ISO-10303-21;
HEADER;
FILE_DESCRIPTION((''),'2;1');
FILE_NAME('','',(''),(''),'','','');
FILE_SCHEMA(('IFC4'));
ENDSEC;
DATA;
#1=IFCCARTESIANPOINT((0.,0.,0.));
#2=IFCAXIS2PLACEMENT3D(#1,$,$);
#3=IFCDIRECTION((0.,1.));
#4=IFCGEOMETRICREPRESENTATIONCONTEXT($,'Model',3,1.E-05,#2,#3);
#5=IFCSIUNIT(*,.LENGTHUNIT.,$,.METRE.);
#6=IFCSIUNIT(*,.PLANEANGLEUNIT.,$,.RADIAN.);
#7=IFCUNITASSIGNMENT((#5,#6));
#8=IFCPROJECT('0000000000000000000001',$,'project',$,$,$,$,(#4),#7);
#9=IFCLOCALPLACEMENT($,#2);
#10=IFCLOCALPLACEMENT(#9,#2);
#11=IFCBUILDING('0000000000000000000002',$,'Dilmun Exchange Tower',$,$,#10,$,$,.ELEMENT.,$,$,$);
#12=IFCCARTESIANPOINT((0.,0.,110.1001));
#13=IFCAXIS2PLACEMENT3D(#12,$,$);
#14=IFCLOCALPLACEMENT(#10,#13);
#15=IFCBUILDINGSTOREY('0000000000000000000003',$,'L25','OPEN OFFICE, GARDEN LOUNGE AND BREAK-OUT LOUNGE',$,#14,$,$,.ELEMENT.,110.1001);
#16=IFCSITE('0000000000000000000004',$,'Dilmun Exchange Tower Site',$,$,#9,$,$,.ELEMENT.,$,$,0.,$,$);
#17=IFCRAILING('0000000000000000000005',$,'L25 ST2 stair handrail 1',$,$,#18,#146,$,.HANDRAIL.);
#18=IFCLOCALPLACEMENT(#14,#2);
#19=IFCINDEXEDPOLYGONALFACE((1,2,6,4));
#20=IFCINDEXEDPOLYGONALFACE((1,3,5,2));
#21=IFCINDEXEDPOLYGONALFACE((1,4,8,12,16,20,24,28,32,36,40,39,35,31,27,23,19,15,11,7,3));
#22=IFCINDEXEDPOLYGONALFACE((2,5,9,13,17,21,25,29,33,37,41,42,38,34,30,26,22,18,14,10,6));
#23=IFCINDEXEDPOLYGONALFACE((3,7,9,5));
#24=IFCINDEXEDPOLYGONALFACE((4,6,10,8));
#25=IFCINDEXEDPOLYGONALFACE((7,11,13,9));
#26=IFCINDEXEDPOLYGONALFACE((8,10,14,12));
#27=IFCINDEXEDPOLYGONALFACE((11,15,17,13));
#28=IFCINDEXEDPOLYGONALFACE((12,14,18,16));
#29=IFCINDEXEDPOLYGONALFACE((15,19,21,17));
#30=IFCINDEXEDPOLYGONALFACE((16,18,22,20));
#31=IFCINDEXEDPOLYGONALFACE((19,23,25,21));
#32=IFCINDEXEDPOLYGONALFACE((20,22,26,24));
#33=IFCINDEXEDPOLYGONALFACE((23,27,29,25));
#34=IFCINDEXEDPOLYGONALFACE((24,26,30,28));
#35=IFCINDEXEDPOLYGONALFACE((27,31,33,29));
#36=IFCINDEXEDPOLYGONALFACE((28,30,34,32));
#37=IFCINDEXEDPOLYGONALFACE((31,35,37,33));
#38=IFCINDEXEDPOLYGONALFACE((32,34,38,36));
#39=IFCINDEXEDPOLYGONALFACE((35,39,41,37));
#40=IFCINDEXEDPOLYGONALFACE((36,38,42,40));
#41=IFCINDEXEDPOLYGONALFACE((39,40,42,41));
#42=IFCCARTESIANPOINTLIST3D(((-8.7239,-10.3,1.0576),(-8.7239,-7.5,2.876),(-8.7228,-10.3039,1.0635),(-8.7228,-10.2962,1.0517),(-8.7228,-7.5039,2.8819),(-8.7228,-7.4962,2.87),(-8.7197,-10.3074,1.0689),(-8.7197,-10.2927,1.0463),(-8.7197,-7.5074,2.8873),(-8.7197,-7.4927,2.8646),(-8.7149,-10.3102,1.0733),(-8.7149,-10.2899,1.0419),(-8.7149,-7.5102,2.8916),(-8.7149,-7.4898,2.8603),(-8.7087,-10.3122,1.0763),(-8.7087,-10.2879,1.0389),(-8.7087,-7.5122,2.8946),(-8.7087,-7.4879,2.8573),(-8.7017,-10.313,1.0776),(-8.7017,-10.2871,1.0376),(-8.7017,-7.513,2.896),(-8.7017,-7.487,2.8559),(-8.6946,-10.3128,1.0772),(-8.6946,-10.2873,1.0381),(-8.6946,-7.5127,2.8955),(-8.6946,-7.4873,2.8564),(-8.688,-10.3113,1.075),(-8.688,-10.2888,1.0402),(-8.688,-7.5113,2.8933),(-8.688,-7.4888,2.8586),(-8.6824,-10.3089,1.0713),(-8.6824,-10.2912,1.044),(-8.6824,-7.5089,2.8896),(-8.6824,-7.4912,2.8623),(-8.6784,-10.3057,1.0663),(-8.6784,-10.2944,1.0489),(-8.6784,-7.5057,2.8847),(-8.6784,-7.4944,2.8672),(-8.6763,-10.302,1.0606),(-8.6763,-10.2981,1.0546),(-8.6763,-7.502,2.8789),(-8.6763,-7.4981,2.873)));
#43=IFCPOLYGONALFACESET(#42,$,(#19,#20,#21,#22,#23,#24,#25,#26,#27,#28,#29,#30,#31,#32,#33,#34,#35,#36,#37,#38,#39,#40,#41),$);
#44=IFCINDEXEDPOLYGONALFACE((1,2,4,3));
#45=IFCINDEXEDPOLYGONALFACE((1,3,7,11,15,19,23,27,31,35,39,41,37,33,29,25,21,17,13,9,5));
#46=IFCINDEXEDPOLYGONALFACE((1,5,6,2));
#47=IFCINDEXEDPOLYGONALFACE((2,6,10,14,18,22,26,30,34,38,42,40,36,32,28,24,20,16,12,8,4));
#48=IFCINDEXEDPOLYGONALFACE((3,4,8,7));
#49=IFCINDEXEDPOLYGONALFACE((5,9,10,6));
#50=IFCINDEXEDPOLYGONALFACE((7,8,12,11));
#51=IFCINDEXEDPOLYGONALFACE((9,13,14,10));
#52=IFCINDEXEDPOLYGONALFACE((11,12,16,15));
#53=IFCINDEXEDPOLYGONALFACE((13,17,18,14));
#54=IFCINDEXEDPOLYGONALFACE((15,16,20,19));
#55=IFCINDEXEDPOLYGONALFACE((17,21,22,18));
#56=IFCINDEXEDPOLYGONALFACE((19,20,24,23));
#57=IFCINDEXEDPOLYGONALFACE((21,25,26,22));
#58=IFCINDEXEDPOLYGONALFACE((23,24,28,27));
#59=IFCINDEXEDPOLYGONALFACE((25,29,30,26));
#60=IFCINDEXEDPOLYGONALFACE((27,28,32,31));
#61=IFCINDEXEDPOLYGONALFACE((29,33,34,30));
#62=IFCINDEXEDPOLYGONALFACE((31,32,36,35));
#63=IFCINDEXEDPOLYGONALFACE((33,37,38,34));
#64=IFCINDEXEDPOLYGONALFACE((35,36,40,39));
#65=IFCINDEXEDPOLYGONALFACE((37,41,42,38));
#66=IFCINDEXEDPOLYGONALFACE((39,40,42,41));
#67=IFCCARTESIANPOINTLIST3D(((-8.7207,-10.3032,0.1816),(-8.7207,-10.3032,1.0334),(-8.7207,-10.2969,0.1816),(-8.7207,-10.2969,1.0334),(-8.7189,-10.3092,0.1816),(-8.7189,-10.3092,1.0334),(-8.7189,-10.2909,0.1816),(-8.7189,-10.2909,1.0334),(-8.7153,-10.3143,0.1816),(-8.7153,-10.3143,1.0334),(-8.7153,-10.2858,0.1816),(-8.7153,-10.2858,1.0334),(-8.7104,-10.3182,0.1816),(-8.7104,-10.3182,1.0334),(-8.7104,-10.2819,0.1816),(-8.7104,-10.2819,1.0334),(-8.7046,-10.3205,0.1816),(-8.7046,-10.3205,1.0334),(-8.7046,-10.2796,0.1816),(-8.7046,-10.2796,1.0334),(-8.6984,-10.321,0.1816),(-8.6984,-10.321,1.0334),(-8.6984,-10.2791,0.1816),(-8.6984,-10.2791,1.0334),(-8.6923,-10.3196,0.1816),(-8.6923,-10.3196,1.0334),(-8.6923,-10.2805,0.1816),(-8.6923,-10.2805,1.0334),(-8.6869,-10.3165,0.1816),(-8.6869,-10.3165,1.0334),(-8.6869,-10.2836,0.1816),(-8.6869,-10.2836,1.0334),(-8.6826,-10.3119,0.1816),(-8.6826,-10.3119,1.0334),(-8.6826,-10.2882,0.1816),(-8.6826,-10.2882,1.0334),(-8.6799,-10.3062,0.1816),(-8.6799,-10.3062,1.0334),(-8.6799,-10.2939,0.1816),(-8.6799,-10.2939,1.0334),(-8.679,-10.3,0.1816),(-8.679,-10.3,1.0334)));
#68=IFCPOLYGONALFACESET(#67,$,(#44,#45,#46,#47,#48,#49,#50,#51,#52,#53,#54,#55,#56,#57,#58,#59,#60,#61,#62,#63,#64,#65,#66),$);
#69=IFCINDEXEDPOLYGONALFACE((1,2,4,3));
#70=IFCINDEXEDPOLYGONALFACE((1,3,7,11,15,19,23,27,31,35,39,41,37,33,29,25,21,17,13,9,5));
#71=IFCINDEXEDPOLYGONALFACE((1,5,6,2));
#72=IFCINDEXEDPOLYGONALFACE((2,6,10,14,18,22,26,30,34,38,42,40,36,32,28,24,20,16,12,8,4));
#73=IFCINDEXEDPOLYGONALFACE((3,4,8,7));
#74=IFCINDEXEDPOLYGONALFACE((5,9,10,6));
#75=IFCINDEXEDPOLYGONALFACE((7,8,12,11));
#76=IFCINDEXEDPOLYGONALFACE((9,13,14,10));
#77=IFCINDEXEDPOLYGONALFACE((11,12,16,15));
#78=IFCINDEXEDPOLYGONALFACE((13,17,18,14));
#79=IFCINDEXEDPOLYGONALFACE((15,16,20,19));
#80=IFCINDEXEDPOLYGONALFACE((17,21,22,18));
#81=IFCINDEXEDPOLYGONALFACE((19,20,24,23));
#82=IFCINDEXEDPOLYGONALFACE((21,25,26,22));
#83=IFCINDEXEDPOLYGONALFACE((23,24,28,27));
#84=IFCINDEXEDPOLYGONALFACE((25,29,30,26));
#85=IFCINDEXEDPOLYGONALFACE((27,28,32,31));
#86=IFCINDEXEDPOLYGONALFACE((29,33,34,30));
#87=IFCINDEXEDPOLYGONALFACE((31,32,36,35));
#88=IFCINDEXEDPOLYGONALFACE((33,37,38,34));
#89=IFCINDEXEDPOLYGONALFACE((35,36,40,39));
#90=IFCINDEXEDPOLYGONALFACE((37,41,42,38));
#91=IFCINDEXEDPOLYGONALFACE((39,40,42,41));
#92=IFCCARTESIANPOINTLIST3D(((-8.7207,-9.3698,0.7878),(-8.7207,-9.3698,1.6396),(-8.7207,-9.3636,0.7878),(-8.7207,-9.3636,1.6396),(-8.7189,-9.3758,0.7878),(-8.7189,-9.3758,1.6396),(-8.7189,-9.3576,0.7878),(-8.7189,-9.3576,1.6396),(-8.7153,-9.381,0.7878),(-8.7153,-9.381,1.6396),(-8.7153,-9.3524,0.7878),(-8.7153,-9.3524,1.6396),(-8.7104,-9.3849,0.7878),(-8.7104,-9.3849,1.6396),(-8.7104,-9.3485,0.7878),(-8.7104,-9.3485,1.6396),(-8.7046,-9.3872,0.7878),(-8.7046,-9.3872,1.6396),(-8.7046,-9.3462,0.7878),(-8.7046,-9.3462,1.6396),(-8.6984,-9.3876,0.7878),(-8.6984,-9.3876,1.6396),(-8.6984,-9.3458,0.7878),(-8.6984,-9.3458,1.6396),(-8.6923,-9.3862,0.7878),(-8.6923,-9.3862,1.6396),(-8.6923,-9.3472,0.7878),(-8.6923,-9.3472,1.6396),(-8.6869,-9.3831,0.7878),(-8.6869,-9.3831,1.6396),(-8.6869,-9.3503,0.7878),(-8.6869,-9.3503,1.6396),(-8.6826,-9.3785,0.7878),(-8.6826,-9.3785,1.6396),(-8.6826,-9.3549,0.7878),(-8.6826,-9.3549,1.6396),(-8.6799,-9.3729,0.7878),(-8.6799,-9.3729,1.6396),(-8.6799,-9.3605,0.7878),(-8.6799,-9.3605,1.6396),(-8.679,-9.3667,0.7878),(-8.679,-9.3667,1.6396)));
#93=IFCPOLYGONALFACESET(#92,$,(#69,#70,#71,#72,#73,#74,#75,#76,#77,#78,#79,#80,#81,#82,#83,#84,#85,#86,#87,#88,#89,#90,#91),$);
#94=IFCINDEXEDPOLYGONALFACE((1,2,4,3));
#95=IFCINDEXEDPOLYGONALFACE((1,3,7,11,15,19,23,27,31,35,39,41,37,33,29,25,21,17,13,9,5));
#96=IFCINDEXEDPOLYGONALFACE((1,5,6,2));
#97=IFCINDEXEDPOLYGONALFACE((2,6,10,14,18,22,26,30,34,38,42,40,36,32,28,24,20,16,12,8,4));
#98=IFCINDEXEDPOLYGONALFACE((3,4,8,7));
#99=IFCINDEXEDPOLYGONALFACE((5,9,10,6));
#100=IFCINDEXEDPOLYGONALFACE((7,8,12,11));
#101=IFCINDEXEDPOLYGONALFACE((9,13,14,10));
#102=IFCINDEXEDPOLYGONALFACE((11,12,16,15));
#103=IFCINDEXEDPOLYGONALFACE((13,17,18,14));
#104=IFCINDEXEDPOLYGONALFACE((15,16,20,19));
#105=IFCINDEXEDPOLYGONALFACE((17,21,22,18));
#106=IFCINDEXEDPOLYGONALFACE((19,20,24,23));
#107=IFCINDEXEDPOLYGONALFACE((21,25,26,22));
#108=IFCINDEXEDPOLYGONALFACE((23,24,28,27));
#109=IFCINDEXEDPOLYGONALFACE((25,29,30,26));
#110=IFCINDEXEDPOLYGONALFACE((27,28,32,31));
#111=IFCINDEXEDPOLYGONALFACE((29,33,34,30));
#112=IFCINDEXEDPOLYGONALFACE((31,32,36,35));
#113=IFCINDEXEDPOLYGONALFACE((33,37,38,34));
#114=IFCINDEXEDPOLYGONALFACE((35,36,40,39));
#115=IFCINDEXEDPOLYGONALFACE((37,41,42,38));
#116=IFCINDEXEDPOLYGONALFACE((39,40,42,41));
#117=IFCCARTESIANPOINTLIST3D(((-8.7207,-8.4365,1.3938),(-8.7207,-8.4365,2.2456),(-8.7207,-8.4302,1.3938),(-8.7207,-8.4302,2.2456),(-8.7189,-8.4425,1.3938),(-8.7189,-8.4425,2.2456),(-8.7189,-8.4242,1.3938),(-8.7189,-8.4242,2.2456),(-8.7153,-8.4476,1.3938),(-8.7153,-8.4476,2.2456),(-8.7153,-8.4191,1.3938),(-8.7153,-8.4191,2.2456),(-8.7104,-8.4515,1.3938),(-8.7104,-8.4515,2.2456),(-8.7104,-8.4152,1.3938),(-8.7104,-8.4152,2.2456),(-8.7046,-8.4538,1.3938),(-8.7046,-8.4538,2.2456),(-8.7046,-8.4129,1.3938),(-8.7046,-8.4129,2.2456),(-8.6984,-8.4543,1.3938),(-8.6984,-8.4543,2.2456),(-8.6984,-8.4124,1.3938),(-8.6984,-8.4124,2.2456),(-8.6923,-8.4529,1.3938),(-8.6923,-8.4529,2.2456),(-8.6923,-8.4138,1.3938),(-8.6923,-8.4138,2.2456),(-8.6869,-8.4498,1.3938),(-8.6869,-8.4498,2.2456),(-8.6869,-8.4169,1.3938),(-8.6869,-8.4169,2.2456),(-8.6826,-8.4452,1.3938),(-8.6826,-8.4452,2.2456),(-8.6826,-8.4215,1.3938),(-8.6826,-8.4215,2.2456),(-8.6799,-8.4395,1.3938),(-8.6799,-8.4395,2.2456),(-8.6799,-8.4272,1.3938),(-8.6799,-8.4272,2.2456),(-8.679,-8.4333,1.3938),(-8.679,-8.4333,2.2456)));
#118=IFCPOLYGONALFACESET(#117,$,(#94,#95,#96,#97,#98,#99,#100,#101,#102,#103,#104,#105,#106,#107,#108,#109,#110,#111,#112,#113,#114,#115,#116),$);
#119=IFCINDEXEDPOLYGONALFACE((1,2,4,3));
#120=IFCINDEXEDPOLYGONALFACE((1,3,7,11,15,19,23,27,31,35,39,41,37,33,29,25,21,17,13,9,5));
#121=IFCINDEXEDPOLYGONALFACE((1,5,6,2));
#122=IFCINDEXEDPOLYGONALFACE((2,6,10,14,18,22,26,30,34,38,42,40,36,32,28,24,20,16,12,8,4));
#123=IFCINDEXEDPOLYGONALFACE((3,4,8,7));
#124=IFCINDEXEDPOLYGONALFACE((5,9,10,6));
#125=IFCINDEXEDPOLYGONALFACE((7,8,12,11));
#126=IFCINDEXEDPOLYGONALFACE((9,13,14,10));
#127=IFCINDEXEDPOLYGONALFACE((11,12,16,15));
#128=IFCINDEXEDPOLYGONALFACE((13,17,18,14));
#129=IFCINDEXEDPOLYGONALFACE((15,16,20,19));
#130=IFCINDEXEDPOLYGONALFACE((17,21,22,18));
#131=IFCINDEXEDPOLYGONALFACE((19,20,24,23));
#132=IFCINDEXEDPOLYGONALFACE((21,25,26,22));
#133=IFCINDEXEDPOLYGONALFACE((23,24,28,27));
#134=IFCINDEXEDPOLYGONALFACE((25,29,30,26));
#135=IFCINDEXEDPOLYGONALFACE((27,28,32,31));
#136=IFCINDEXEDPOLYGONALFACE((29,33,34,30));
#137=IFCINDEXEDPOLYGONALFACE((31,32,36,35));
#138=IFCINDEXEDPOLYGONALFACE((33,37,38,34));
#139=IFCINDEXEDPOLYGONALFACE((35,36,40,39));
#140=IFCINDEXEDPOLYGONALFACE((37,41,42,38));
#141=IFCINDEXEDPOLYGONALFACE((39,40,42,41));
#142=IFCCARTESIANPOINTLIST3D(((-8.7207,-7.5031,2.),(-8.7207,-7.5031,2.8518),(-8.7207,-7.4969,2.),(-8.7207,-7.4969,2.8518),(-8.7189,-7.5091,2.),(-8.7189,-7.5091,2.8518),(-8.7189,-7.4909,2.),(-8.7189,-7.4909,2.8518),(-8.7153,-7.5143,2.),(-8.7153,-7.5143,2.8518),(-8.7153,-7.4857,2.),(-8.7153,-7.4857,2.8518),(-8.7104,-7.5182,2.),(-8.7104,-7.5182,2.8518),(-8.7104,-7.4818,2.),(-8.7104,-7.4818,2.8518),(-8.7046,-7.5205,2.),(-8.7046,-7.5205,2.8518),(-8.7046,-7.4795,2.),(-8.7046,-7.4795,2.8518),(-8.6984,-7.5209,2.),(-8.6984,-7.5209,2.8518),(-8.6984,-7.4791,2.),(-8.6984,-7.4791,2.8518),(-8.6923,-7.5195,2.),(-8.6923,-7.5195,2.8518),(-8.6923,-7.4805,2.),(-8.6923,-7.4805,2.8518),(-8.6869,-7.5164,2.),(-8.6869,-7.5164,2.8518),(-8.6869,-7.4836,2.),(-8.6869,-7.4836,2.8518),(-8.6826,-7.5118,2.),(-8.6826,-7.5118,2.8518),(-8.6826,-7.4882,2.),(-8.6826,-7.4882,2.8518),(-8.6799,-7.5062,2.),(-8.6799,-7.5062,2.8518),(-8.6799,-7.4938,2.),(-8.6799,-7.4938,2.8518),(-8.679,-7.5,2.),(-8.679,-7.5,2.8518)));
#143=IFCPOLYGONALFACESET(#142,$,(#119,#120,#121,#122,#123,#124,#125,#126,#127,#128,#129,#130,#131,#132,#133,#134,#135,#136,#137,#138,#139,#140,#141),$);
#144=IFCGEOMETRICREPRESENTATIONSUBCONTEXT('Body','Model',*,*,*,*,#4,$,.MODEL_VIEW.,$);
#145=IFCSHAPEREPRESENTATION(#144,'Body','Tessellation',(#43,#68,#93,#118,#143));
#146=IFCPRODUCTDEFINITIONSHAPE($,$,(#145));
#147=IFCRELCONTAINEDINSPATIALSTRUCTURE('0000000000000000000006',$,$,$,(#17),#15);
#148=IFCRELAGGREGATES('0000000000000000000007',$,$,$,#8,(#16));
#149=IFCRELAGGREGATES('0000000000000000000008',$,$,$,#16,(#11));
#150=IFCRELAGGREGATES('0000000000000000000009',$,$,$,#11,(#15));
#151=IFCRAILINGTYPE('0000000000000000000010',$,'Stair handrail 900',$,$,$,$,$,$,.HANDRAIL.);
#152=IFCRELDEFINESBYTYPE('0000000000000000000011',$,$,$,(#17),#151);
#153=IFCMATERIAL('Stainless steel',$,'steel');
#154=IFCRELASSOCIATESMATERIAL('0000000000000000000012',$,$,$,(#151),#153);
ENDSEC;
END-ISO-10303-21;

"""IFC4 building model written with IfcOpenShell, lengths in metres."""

from ifc_helpers import new_model, si_unit, direction, frame, origin, origin_2d, place, context, subcontext, project, spatial, circle, extrude, material, type_object, element, save


model = new_model("IFC4")

# Units and contexts
model_context = context("Model", 3, precision=1e-05, world=origin(), true_north=direction((0.0, 1.0)))
body_context = subcontext(model_context, "Body", "Model", "MODEL_VIEW")
ifc_project = project(units=[si_unit("LENGTHUNIT", "METRE"), si_unit("PLANEANGLEUNIT", "RADIAN")], contexts=[model_context])

# Site, building, storey
site_placement = place(None, origin())
site = spatial("IfcSite", under=ifc_project, at=site_placement, Name="Dilmun Exchange Tower Site", CompositionType="ELEMENT", RefElevation=0.0)
building_placement = place(site_placement, origin())
building = spatial("IfcBuilding", under=site, at=building_placement, Name="Dilmun Exchange Tower", CompositionType="ELEMENT")
storey_placement = place(building_placement, frame((0.0, 0.0, 110.1001)))
storey = spatial("IfcBuildingStorey", under=building, at=storey_placement, Name="L25", Description="OPEN OFFICE, GARDEN LOUNGE AND BREAK-OUT LOUNGE", CompositionType="ELEMENT", Elevation=110.1001)

# Railing
ifc_material_1 = material(Name="Stainless steel", Category="steel")
railing_type = type_object("IfcRailingType", Name="Stair handrail 900", PredefinedType="HANDRAIL", material=ifc_material_1)
railing_placement = place(storey_placement, frame((-8.7, -10.3, 0.1816)))
element("IfcRailing", 1, at=railing_placement, inside=storey, type_object=railing_type, Name="L25 ST2 stair handrail 1", PredefinedType="HANDRAIL", context=body_context, shape_type="SweptSolid", body=[
    extrude(circle(Radius=0.0239, at=origin_2d()), frame((0.0, 0.0, 0.876), z_axis=(0.0, 0.838672, 0.544636), x_axis=(-1.0, 0.0, 0.0)), (0.0, 0.0, 1.0), 3.3386),
    extrude(circle(Radius=0.021, at=origin_2d()), origin(), (0.0, 0.0, 1.0), 0.8518),
    extrude(circle(Radius=0.021, at=origin_2d()), frame((0.0, 0.9333, 0.6062)), (0.0, 0.0, 1.0), 0.8518),
    extrude(circle(Radius=0.021, at=origin_2d()), frame((0.0, 1.8667, 1.2122)), (0.0, 0.0, 1.0), 0.8518),
    extrude(circle(Radius=0.021, at=origin_2d()), frame((0.0, 2.8, 1.8184)), (0.0, 0.0, 1.0), 0.8518),
])

save(model, "model.ifc")
